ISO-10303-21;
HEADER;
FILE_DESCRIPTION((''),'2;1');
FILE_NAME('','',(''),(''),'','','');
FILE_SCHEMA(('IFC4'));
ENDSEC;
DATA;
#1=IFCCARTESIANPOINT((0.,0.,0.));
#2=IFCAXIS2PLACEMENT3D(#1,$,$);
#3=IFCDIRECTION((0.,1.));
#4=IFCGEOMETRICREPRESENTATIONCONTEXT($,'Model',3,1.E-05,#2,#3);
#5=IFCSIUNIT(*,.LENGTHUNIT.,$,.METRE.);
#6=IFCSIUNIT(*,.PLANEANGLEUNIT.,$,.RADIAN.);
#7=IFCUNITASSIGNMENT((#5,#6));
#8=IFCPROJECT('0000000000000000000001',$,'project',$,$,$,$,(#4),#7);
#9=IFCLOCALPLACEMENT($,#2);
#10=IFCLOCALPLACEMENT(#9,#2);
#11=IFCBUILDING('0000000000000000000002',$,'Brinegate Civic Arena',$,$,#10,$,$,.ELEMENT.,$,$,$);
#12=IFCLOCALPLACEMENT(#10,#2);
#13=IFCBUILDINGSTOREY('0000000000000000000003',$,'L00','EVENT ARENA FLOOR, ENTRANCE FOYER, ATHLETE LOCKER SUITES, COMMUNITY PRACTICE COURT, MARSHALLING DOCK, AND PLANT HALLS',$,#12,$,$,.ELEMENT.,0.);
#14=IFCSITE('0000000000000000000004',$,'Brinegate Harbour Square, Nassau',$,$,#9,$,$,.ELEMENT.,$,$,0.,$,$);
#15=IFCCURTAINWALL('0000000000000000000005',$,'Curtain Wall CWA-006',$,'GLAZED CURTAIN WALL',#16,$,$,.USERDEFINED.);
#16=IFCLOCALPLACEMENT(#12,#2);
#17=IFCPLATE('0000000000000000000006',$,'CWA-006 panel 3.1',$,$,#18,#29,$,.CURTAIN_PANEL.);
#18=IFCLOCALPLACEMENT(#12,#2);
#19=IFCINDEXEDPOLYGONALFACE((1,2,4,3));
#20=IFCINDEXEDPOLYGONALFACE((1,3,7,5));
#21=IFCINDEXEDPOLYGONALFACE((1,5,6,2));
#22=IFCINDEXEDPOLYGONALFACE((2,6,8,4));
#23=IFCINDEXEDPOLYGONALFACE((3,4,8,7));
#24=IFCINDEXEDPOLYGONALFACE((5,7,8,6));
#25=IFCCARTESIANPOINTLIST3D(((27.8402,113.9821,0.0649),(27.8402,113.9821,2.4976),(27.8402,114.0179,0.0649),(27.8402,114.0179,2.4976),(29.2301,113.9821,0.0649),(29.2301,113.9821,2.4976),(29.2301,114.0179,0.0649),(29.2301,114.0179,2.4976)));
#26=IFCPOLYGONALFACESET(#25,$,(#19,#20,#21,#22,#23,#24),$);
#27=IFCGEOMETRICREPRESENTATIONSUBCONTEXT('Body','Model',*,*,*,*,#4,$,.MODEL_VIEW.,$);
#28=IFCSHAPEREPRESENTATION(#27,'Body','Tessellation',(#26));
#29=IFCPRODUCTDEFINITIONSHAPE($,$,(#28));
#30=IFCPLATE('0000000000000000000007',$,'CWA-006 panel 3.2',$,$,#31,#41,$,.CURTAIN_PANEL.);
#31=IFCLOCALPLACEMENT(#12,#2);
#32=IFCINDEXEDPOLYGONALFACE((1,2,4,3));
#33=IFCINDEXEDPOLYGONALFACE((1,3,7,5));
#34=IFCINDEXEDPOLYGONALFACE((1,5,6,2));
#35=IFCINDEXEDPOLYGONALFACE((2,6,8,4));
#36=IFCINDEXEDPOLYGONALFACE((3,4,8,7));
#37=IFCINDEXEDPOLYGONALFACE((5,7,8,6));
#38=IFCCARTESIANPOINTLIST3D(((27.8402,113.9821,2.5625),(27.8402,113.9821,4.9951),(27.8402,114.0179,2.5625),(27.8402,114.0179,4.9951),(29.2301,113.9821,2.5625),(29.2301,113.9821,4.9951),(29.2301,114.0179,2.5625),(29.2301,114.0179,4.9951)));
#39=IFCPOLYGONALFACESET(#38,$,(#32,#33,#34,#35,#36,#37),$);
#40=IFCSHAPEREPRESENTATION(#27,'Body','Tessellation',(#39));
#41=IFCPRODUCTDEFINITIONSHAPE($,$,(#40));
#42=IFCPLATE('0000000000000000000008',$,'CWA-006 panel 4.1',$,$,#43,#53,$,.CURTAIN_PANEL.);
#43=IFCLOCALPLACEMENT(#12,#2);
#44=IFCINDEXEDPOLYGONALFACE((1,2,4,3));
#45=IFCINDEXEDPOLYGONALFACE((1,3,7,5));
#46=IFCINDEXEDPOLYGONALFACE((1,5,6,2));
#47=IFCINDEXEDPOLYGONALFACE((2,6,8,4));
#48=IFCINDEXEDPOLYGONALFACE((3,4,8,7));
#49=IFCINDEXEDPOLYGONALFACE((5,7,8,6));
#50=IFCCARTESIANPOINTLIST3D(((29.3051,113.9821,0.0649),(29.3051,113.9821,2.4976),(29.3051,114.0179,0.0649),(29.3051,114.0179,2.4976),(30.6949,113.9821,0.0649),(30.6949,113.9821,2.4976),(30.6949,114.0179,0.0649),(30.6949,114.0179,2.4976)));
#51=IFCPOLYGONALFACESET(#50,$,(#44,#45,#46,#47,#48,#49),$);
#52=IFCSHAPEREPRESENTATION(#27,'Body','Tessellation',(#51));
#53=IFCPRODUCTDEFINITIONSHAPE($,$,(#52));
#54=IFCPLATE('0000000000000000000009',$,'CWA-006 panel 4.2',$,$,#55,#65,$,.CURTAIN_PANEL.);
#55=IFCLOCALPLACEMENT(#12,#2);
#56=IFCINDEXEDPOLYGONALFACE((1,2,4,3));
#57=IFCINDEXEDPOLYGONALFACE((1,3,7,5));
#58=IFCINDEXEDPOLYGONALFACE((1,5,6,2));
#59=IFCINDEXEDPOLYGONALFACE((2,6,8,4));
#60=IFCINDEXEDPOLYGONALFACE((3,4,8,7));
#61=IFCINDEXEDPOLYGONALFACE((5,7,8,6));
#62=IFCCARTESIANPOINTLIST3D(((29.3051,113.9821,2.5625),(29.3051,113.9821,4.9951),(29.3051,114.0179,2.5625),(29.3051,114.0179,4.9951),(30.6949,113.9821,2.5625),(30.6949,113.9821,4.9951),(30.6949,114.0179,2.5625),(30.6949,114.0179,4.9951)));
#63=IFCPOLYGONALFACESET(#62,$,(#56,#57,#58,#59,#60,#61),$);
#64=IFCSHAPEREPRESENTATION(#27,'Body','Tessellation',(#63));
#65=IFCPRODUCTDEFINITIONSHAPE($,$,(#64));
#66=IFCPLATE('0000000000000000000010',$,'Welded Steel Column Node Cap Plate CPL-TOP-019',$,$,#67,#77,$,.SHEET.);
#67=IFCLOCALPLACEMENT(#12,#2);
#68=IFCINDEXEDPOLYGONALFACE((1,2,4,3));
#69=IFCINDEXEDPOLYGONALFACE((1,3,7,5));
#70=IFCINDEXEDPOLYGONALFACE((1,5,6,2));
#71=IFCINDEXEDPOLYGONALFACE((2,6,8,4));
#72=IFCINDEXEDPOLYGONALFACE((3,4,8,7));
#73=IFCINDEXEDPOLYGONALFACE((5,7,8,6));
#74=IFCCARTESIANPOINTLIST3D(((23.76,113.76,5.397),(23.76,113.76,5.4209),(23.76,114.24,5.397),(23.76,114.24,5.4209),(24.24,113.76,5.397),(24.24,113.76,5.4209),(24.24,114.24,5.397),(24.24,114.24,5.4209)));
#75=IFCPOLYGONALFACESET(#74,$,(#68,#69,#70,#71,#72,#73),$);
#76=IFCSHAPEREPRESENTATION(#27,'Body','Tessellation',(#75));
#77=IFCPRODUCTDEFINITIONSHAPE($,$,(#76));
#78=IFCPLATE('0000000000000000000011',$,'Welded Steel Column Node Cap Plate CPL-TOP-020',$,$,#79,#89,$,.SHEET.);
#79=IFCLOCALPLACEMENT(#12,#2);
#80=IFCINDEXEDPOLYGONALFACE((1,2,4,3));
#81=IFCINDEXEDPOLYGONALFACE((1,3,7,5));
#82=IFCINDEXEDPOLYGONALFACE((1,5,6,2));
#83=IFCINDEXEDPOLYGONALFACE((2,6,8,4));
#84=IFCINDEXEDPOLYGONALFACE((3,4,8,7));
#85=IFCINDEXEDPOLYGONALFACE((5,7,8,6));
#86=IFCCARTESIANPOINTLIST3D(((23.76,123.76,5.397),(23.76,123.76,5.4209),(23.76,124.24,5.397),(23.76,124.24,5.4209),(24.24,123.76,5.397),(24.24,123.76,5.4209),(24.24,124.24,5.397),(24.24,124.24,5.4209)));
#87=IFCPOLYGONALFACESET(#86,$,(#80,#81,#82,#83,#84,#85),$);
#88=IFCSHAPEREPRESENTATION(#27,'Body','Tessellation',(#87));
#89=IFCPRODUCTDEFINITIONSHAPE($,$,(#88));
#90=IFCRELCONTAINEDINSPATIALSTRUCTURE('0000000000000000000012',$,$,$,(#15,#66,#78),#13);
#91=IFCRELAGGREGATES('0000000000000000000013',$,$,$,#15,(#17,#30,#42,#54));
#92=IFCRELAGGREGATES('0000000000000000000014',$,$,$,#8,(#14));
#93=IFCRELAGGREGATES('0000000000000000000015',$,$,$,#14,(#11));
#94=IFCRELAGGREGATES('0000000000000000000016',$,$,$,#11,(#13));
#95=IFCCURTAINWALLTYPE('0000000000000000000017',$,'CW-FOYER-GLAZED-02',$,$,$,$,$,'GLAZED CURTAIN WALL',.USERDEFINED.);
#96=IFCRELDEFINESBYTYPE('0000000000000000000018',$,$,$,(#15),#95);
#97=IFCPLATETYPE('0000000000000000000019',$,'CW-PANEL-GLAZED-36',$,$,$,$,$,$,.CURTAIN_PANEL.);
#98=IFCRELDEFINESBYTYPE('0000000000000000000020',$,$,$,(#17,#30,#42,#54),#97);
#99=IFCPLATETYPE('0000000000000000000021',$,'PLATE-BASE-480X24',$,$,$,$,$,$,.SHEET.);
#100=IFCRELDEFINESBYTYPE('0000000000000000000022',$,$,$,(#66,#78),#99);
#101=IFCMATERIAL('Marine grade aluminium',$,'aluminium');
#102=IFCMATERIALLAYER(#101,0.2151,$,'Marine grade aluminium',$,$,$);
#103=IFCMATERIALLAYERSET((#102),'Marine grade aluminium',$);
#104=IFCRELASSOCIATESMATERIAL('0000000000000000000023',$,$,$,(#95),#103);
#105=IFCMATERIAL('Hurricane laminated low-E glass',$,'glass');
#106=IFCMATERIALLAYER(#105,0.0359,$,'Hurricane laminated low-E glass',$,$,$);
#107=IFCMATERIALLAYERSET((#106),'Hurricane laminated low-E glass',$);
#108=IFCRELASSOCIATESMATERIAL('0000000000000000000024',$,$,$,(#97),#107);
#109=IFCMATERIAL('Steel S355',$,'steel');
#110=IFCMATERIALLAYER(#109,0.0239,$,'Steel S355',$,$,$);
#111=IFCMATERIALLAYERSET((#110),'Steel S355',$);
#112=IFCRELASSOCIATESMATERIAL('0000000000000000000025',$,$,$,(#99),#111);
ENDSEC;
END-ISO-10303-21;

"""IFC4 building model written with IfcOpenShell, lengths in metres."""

from ifc_helpers import new_model, si_unit, direction, frame, origin, origin_2d, place, context, subcontext, project, spatial, rectangle, extrude, material, layer, layer_set, type_object, element, aggregate, save


model = new_model("IFC4")

# Units and contexts
model_context = context("Model", 3, precision=1e-05, world=origin(), true_north=direction((0.0, 1.0)))
body_context = subcontext(model_context, "Body", "Model", "MODEL_VIEW")
ifc_project = project(units=[si_unit("LENGTHUNIT", "METRE"), si_unit("PLANEANGLEUNIT", "RADIAN")], contexts=[model_context])

# Site, building, storey
site_placement = place(None, origin())
site = spatial("IfcSite", under=ifc_project, at=site_placement, Name="Brinegate Harbour Square, Nassau", CompositionType="ELEMENT", RefElevation=0.0)
building_placement = place(site_placement, origin())
building = spatial("IfcBuilding", under=site, at=building_placement, Name="Brinegate Civic Arena", CompositionType="ELEMENT")
storey_placement = place(building_placement, origin())
storey = spatial("IfcBuildingStorey", under=building, at=storey_placement, Name="L00", Description="EVENT ARENA FLOOR, ENTRANCE FOYER, ATHLETE LOCKER SUITES, COMMUNITY PRACTICE COURT, MARSHALLING DOCK, AND PLANT HALLS", CompositionType="ELEMENT", Elevation=0.0)

# Shared definitions
ifc_material_1 = material(Name="Steel S355", Category="steel")

# Curtain wall, plates
ifc_material_2 = material(Name="Marine grade aluminium", Category="aluminium")
ifc_layer_1 = layer(ifc_material_2, 0.2151, Name="Marine grade aluminium")
ifc_layer_set_1 = layer_set([ifc_layer_1], Name="Marine grade aluminium")
curtain_wall_type = type_object("IfcCurtainWallType", Name="CW-FOYER-GLAZED-02", ElementType="GLAZED CURTAIN WALL", PredefinedType="USERDEFINED", material=ifc_layer_set_1)
curtain_wall_placement = place(storey_placement, origin())
curtain_wall = element("IfcCurtainWall", 1, at=curtain_wall_placement, inside=storey, type_object=curtain_wall_type, Name="Curtain Wall CWA-006", ObjectType="GLAZED CURTAIN WALL", PredefinedType="USERDEFINED")
ifc_material_3 = material(Name="Hurricane laminated low-E glass", Category="glass")
ifc_layer_2 = layer(ifc_material_3, 0.0359, Name="Hurricane laminated low-E glass")
ifc_layer_set_2 = layer_set([ifc_layer_2], Name="Hurricane laminated low-E glass")
plate_type_1 = type_object("IfcPlateType", Name="CW-PANEL-GLAZED-36", PredefinedType="CURTAIN_PANEL", material=ifc_layer_set_2)
plate_1_placement = place(storey_placement, frame((28.5352, 114.0, 0.0649), z_axis=(0.0, 0.0, 1.0), x_axis=(1.0, 0.0, 0.0)))
plate_1 = element("IfcPlate", 2, at=plate_1_placement, type_object=plate_type_1, Name="CWA-006 panel 3.1", PredefinedType="CURTAIN_PANEL", context=body_context, shape_type="SweptSolid", body=[
    extrude(rectangle(XDim=1.3899, YDim=0.0359, at=origin_2d()), origin(), (0.0, 0.0, 1.0), 2.4326),
])
plate_2_placement = place(storey_placement, frame((28.5352, 114.0, 2.5625), z_axis=(0.0, 0.0, 1.0), x_axis=(1.0, 0.0, 0.0)))
plate_2 = element("IfcPlate", 3, at=plate_2_placement, type_object=plate_type_1, Name="CWA-006 panel 3.2", PredefinedType="CURTAIN_PANEL", context=body_context, shape_type="SweptSolid", body=[
    extrude(rectangle(XDim=1.3899, YDim=0.0359, at=origin_2d()), origin(), (0.0, 0.0, 1.0), 2.4326),
])
plate_3_placement = place(storey_placement, frame((30.0, 114.0, 0.0649), z_axis=(0.0, 0.0, 1.0), x_axis=(1.0, 0.0, 0.0)))
plate_3 = element("IfcPlate", 4, at=plate_3_placement, type_object=plate_type_1, Name="CWA-006 panel 4.1", PredefinedType="CURTAIN_PANEL", context=body_context, shape_type="SweptSolid", body=[
    extrude(rectangle(XDim=1.3899, YDim=0.0359, at=origin_2d()), origin(), (0.0, 0.0, 1.0), 2.4326),
])
plate_4_placement = place(storey_placement, frame((30.0, 114.0, 2.5625), z_axis=(0.0, 0.0, 1.0), x_axis=(1.0, 0.0, 0.0)))
plate_4 = element("IfcPlate", 5, at=plate_4_placement, type_object=plate_type_1, Name="CWA-006 panel 4.2", PredefinedType="CURTAIN_PANEL", context=body_context, shape_type="SweptSolid", body=[
    extrude(rectangle(XDim=1.3899, YDim=0.0359, at=origin_2d()), origin(), (0.0, 0.0, 1.0), 2.4326),
])
aggregate(curtain_wall, [plate_1, plate_2, plate_3, plate_4])

# Plates
ifc_layer_3 = layer(ifc_material_1, 0.0239, Name="Steel S355")
ifc_layer_set_3 = layer_set([ifc_layer_3], Name="Steel S355")
plate_type_2 = type_object("IfcPlateType", Name="PLATE-BASE-480X24", PredefinedType="SHEET", material=ifc_layer_set_3)
for number, where, z_axis, x_axis, name in (
    (6, (24.0, 114.0, 5.397), (0.0, 0.0, 1.0), (1.0, 0.0, 0.0), "Welded Steel Column Node Cap Plate CPL-TOP-019"),
    (7, (24.0, 124.0, 5.397), (0.0, 0.0, 1.0), (1.0, 0.0, 0.0), "Welded Steel Column Node Cap Plate CPL-TOP-020"),
):
    element("IfcPlate", number, at=place(storey_placement, frame(where, z_axis=z_axis, x_axis=x_axis)), inside=storey, type_object=plate_type_2, Name=name, PredefinedType="SHEET", context=body_context, shape_type="SweptSolid", body=[
        extrude(rectangle(XDim=0.48, YDim=0.48, at=origin_2d()), origin(), (0.0, 0.0, 1.0), 0.0239),
    ])

save(model, "model.ifc")
